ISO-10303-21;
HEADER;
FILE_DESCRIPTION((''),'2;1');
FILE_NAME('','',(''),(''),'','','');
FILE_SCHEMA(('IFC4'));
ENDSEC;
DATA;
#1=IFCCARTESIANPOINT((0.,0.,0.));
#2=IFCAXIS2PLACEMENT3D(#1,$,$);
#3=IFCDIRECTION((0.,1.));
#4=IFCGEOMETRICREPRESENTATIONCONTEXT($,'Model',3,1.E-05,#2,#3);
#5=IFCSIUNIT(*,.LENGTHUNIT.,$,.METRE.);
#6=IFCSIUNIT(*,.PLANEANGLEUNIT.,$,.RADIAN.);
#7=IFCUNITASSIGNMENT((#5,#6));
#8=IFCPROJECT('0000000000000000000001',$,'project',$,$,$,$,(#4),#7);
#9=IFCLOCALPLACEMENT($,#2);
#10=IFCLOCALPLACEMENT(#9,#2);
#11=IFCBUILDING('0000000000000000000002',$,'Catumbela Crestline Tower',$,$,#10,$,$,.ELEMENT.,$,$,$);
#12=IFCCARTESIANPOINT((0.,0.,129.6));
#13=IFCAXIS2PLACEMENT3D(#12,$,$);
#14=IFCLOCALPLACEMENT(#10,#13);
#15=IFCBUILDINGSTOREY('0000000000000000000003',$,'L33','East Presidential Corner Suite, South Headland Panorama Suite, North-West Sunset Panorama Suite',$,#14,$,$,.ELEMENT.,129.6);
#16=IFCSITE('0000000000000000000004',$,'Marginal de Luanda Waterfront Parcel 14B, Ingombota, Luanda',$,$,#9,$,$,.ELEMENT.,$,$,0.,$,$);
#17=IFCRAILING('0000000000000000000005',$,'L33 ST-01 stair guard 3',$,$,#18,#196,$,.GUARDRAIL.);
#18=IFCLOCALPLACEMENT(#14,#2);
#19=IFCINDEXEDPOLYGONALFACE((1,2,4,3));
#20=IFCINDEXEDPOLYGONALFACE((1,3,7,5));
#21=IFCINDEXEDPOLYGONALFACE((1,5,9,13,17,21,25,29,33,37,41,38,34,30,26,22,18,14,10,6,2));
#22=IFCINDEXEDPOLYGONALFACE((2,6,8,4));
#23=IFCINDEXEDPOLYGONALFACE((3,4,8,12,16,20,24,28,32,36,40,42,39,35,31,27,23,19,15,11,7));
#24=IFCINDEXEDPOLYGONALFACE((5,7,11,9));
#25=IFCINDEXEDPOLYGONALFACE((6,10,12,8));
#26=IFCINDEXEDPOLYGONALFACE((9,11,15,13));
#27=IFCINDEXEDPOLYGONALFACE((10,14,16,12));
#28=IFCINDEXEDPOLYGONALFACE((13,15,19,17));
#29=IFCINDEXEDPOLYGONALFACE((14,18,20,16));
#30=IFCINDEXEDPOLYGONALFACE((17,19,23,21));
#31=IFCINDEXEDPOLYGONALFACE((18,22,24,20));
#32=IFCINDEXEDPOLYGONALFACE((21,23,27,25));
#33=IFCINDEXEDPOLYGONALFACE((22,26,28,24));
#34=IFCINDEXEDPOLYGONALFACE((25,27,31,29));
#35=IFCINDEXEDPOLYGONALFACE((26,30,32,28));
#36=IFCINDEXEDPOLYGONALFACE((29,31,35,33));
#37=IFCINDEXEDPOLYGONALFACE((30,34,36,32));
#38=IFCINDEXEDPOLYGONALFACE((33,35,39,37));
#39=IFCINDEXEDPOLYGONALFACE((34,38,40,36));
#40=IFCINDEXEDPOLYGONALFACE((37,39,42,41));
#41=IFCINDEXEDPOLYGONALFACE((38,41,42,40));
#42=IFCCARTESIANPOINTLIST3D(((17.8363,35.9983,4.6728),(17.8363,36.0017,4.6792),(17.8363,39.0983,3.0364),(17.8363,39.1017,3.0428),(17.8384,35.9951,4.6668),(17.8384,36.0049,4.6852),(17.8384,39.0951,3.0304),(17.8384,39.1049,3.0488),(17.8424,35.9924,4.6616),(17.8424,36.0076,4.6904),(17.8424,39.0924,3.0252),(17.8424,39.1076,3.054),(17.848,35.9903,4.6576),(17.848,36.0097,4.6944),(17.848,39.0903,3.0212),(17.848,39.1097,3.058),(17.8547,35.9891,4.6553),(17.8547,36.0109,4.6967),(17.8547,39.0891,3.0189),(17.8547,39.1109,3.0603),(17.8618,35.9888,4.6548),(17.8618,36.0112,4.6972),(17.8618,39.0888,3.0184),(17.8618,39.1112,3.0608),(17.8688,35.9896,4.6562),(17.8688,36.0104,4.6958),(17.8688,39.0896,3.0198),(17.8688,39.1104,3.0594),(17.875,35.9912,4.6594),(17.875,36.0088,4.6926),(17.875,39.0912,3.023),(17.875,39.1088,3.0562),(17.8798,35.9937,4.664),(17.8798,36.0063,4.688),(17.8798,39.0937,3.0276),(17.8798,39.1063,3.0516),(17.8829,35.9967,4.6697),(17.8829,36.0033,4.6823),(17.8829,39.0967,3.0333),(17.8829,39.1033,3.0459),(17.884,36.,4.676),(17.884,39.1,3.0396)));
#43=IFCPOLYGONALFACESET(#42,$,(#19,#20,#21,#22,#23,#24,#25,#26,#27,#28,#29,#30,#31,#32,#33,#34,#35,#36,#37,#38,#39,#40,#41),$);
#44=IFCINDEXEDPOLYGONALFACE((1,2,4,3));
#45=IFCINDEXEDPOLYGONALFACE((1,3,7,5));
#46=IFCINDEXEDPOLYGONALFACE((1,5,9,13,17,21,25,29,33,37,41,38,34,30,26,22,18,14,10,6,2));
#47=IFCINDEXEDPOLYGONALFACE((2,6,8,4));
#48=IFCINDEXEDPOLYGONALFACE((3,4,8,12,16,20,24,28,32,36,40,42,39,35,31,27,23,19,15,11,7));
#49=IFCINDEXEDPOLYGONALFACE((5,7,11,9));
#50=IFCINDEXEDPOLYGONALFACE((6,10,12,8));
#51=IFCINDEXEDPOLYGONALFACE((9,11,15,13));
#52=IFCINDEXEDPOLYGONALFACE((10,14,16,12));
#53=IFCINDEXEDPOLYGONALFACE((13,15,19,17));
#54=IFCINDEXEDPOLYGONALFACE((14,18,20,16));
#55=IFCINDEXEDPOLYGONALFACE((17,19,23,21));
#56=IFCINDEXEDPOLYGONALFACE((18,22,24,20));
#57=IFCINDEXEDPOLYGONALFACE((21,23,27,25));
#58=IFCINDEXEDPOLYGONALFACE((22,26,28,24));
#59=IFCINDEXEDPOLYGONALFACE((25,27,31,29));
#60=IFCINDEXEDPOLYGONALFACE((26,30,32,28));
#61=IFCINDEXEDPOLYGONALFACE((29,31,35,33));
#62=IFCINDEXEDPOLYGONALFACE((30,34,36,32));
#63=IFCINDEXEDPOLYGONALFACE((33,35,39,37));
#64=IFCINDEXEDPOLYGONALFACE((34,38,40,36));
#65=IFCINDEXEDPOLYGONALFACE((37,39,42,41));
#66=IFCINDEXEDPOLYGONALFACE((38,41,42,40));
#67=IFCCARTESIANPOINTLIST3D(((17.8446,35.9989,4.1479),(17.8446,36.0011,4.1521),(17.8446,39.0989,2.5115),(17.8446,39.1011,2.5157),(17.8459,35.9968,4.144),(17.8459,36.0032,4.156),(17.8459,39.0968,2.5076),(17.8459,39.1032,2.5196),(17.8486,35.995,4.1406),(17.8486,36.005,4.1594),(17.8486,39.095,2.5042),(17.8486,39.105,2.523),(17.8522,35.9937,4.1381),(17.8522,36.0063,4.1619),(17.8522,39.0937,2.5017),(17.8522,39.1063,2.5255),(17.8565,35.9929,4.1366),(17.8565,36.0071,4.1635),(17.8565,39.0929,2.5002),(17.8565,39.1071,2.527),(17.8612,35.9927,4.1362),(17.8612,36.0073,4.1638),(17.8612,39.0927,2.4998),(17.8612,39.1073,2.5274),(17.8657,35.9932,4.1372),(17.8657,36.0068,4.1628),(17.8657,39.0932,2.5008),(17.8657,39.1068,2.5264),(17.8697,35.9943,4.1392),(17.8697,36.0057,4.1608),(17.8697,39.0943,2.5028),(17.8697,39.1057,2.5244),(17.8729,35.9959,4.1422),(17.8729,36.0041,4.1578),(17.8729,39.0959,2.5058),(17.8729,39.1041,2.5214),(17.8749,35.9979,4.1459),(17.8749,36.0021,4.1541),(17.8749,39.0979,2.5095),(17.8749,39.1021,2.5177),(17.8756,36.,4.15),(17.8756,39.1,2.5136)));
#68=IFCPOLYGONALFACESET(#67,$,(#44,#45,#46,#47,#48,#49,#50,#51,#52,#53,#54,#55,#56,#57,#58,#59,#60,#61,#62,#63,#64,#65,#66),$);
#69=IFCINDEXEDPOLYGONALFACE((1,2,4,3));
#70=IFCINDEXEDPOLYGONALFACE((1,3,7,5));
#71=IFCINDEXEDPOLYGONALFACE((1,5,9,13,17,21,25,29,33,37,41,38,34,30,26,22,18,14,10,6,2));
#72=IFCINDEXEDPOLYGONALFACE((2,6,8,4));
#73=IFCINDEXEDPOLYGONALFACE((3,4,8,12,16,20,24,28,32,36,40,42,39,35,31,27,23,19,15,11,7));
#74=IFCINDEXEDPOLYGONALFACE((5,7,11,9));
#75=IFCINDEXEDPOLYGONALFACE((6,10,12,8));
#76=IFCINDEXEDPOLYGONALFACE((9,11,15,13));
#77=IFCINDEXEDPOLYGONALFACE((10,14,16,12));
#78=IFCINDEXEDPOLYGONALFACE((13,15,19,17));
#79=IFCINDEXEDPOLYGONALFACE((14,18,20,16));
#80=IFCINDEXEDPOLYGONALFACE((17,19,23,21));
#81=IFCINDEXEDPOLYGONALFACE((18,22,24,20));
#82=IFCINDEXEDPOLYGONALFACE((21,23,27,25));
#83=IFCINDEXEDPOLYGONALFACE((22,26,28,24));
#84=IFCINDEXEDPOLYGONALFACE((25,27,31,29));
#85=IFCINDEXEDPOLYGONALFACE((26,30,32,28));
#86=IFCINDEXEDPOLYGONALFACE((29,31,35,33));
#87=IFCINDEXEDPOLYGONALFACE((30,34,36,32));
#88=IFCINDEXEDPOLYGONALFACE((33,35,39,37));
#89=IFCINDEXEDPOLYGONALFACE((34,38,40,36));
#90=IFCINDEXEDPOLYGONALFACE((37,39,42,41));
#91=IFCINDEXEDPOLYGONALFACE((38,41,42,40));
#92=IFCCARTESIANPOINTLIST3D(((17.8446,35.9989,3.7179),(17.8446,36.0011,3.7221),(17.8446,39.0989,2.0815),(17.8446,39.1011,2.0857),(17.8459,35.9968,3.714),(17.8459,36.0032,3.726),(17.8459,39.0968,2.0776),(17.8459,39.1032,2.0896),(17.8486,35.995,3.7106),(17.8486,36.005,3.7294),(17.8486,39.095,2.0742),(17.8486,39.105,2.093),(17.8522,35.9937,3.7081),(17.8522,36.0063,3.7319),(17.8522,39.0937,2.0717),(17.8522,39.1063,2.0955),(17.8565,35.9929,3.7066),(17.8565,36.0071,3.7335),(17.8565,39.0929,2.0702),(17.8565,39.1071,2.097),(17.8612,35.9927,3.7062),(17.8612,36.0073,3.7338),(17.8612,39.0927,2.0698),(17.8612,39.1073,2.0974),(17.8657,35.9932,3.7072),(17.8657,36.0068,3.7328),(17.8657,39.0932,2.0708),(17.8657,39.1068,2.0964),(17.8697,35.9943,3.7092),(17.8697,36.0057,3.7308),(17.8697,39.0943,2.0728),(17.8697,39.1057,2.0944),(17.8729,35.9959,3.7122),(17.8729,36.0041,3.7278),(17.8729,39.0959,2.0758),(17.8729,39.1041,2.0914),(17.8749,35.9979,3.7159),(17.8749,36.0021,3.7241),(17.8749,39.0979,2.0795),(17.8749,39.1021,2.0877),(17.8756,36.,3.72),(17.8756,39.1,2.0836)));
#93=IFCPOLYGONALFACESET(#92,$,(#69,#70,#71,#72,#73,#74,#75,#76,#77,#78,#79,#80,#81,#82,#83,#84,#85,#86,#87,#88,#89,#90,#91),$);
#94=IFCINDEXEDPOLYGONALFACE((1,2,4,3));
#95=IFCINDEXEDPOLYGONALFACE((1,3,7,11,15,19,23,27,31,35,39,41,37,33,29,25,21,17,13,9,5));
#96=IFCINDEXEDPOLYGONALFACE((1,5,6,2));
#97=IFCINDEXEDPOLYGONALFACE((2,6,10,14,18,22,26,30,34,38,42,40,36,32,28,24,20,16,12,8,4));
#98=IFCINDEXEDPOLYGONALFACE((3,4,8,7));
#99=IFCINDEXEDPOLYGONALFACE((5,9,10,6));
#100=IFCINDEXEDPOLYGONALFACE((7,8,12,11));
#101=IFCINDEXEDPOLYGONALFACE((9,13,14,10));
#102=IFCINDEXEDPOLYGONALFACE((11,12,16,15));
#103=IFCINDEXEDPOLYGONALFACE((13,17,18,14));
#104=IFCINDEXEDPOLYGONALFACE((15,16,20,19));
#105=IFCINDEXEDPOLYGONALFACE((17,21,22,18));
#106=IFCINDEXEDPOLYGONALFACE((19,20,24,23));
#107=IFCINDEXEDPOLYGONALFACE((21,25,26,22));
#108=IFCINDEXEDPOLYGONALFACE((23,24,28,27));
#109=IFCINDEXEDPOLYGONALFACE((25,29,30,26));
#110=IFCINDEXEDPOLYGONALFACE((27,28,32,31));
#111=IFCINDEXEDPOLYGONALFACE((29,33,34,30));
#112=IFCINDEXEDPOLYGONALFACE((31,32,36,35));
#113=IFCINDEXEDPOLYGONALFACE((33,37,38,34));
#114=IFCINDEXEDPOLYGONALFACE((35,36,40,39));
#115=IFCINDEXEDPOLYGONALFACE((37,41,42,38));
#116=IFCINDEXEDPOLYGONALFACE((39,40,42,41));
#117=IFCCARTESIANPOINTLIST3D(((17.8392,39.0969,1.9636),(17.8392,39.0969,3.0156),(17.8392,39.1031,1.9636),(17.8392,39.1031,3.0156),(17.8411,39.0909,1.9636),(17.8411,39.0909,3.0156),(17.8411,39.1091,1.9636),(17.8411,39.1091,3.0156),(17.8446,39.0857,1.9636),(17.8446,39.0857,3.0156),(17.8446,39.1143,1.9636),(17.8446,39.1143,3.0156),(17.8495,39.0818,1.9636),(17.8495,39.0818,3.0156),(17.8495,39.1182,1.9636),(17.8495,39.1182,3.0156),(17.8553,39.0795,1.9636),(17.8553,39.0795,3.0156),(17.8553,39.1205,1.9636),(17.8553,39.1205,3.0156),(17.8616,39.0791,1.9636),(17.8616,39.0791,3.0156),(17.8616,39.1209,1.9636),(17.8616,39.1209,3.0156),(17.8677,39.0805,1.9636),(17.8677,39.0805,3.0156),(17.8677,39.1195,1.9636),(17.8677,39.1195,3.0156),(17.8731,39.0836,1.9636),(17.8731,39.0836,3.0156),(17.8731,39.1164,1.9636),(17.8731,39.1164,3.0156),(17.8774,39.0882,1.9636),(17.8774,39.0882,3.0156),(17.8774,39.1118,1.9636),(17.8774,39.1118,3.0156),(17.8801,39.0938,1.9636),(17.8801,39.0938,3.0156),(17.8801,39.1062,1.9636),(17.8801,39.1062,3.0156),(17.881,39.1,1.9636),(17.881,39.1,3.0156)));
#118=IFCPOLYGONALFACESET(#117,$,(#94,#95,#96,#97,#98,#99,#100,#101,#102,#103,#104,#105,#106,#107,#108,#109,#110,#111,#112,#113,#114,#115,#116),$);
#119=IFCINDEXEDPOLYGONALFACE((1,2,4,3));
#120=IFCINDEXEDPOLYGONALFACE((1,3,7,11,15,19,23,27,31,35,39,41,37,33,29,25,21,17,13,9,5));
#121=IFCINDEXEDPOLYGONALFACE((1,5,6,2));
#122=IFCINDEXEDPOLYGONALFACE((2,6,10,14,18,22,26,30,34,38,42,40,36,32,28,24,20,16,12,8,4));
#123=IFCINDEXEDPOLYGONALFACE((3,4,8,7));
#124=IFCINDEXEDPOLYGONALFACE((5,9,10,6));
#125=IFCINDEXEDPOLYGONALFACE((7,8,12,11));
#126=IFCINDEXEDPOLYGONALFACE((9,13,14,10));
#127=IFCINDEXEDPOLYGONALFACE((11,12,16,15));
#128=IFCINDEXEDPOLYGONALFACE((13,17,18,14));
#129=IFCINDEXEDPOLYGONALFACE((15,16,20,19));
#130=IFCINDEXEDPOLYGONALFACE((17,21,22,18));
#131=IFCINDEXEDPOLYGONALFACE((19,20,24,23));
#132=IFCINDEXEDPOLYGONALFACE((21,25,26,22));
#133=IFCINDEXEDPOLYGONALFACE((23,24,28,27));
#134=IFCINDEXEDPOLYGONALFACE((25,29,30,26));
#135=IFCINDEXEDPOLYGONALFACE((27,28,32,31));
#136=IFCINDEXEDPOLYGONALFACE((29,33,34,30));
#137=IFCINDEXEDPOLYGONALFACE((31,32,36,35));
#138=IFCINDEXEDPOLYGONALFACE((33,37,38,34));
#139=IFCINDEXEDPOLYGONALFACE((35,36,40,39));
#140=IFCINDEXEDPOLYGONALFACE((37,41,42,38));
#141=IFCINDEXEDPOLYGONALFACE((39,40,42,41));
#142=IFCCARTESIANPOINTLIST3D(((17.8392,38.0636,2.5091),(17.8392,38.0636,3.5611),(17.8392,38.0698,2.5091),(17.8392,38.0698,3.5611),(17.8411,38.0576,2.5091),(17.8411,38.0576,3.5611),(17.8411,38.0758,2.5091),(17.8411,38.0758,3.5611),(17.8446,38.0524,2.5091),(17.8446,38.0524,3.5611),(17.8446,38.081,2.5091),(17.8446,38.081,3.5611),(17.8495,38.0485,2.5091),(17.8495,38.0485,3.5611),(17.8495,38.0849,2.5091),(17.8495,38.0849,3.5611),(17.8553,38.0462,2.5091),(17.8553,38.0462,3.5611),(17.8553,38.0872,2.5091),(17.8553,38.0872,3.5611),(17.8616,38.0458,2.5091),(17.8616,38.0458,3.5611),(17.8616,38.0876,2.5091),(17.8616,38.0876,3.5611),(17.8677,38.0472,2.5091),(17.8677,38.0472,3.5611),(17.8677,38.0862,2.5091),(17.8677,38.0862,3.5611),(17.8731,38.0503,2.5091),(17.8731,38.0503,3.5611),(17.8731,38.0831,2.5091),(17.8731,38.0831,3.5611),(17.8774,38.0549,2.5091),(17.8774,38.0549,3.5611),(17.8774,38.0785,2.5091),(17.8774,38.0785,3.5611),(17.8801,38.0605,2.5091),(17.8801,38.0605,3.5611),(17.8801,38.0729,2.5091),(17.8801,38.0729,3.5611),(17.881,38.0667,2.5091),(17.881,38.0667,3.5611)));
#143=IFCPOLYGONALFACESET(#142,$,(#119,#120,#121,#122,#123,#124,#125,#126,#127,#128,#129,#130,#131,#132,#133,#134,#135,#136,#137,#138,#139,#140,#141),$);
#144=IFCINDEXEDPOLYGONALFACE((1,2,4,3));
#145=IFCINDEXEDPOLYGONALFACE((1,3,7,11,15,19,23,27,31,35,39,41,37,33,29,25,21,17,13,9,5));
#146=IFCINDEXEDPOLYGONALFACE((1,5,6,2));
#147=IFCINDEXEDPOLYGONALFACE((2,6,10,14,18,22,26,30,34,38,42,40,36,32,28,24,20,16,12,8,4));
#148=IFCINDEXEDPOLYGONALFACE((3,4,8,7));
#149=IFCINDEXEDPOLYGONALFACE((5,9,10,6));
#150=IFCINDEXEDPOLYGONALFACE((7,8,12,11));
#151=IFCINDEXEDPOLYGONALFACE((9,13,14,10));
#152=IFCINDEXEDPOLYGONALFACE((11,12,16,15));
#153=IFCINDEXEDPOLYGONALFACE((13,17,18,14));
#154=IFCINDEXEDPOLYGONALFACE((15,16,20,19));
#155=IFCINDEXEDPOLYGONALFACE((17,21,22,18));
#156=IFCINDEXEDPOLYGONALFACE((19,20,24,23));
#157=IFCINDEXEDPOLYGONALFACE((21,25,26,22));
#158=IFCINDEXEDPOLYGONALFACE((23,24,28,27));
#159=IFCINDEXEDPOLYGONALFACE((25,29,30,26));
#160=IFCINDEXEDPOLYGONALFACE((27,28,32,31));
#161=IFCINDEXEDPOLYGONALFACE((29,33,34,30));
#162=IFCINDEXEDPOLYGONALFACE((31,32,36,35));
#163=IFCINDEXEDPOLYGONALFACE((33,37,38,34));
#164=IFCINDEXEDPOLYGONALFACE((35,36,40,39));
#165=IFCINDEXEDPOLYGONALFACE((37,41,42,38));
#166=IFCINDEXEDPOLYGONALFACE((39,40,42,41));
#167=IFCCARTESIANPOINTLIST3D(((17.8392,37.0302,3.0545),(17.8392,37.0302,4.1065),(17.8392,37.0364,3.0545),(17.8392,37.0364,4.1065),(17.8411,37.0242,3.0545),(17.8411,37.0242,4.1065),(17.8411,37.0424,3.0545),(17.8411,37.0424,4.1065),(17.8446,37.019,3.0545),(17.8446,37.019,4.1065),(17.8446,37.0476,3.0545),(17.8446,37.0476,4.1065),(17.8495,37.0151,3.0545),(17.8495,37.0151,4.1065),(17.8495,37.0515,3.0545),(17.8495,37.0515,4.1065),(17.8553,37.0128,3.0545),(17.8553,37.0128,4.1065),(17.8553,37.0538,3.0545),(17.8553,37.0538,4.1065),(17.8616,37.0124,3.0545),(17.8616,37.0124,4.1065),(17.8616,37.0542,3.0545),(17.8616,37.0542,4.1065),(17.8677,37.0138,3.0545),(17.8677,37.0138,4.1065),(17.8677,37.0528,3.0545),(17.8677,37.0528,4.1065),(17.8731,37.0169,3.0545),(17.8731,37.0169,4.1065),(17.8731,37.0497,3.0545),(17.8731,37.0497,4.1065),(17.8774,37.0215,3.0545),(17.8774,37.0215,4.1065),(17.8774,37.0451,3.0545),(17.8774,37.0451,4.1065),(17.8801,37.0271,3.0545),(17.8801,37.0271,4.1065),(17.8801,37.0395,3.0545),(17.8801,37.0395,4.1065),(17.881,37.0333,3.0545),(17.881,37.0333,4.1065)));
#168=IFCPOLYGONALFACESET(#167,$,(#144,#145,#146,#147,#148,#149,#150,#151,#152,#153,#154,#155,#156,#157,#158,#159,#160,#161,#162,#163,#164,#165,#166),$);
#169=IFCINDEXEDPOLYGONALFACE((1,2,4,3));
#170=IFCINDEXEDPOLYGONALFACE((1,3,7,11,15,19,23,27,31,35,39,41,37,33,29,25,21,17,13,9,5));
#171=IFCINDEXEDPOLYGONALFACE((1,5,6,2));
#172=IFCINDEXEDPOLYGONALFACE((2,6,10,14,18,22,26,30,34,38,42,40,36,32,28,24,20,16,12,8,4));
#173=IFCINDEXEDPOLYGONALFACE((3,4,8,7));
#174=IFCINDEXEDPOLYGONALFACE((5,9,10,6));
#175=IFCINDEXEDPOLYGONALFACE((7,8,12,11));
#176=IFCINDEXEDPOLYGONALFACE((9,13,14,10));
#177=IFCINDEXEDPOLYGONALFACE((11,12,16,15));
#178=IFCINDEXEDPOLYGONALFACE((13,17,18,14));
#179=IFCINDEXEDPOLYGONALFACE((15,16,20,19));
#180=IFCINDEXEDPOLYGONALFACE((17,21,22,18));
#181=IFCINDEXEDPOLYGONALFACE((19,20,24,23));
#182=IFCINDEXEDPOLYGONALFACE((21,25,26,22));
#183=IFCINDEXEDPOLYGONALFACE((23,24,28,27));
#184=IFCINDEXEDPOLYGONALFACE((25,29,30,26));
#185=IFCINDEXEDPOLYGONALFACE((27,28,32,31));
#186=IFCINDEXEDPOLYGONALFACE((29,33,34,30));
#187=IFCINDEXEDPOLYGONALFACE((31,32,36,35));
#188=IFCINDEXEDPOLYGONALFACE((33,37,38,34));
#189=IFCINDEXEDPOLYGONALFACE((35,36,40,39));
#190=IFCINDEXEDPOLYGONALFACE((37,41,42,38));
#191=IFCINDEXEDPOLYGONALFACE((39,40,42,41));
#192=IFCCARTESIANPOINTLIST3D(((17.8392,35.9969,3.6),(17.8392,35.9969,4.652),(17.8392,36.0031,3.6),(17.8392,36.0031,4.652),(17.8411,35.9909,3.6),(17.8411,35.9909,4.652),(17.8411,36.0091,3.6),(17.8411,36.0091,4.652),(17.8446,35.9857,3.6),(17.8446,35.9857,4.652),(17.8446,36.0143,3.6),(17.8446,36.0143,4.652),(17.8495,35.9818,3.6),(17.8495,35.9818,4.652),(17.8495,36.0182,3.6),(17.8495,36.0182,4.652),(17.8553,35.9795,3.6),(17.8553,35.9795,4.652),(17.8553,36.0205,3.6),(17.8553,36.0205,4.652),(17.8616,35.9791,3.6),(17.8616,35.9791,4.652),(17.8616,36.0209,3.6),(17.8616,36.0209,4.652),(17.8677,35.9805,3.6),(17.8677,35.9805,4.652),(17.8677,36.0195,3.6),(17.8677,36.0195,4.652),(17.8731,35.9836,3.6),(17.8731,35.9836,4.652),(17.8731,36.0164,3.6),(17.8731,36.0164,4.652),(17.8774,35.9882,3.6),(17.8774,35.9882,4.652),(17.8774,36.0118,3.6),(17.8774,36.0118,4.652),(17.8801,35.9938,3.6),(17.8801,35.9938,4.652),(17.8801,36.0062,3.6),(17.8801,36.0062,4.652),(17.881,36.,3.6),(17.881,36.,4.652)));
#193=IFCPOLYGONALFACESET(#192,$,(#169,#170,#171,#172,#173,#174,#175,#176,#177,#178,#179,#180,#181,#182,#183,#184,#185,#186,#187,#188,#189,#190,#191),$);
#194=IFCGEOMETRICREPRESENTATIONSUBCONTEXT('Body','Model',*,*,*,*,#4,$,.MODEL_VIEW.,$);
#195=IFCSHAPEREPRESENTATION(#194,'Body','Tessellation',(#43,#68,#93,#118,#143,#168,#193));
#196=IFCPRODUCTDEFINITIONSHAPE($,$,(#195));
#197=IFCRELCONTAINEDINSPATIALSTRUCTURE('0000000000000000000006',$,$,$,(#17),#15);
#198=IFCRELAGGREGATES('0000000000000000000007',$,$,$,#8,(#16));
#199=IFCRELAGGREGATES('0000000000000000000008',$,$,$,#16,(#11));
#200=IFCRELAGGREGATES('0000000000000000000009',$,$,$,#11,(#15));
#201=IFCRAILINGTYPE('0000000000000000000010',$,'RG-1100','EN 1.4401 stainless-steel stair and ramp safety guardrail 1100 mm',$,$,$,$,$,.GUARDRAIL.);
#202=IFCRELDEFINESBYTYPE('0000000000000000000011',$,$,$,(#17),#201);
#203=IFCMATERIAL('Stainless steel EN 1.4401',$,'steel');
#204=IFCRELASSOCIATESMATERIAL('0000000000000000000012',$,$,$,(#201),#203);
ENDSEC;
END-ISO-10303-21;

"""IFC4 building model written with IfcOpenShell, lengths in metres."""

from ifc_helpers import new_model, si_unit, direction, frame, origin, origin_2d, place, context, subcontext, project, spatial, circle, extrude, material, type_object, element, save


model = new_model("IFC4")

# Units and contexts
model_context = context("Model", 3, precision=1e-05, world=origin(), true_north=direction((0.0, 1.0)))
body_context = subcontext(model_context, "Body", "Model", "MODEL_VIEW")
ifc_project = project(units=[si_unit("LENGTHUNIT", "METRE"), si_unit("PLANEANGLEUNIT", "RADIAN")], contexts=[model_context])

# Site, building, storey
site_placement = place(None, origin())
site = spatial("IfcSite", under=ifc_project, at=site_placement, Name="Marginal de Luanda Waterfront Parcel 14B, Ingombota, Luanda", CompositionType="ELEMENT", RefElevation=0.0)
building_placement = place(site_placement, origin())
building = spatial("IfcBuilding", under=site, at=building_placement, Name="Catumbela Crestline Tower", CompositionType="ELEMENT")
storey_placement = place(building_placement, frame((0.0, 0.0, 129.6)))
storey = spatial("IfcBuildingStorey", under=building, at=storey_placement, Name="L33", Description="East Presidential Corner Suite, South Headland Panorama Suite, North-West Sunset Panorama Suite", CompositionType="ELEMENT", Elevation=129.6)

# Railing
ifc_material_1 = material(Name="Stainless steel EN 1.4401", Category="steel")
railing_type_1 = type_object("IfcRailingType", Name="RG-1100", Description="EN 1.4401 stainless-steel stair and ramp safety guardrail 1100 mm", PredefinedType="GUARDRAIL", material=ifc_material_1)
railing_1_placement = place(storey_placement, frame((17.86, 39.1, 1.9636)))
element("IfcRailing", 1, at=railing_1_placement, inside=storey, type_object=railing_type_1, Name="L33 ST-01 stair guard 3", PredefinedType="GUARDRAIL", context=body_context, shape_type="SweptSolid", body=[
    extrude(circle(Radius=0.024, at=origin_2d()), frame((0.0, 0.0, 1.076), z_axis=(0.0, -0.884351, 0.466823), x_axis=(1.0, 0.0, 0.0)), (0.0, 0.0, 1.0), 3.5054),
    extrude(circle(Radius=0.0156, at=origin_2d()), frame((0.0, 0.0, 0.55), z_axis=(0.0, -0.884351, 0.466823), x_axis=(1.0, 0.0, 0.0)), (0.0, 0.0, 1.0), 3.5054),
    extrude(circle(Radius=0.0156, at=origin_2d()), frame((0.0, 0.0, 0.12), z_axis=(0.0, -0.884351, 0.466823), x_axis=(1.0, 0.0, 0.0)), (0.0, 0.0, 1.0), 3.5054),
    extrude(circle(Radius=0.021, at=origin_2d()), origin(), (0.0, 0.0, 1.0), 1.052),
    extrude(circle(Radius=0.021, at=origin_2d()), frame((0.0, -1.0333, 0.5455)), (0.0, 0.0, 1.0), 1.052),
    extrude(circle(Radius=0.021, at=origin_2d()), frame((0.0, -2.0667, 1.0909)), (0.0, 0.0, 1.0), 1.052),
    extrude(circle(Radius=0.021, at=origin_2d()), frame((0.0, -3.1, 1.6364)), (0.0, 0.0, 1.0), 1.052),
])

save(model, "model.ifc")
